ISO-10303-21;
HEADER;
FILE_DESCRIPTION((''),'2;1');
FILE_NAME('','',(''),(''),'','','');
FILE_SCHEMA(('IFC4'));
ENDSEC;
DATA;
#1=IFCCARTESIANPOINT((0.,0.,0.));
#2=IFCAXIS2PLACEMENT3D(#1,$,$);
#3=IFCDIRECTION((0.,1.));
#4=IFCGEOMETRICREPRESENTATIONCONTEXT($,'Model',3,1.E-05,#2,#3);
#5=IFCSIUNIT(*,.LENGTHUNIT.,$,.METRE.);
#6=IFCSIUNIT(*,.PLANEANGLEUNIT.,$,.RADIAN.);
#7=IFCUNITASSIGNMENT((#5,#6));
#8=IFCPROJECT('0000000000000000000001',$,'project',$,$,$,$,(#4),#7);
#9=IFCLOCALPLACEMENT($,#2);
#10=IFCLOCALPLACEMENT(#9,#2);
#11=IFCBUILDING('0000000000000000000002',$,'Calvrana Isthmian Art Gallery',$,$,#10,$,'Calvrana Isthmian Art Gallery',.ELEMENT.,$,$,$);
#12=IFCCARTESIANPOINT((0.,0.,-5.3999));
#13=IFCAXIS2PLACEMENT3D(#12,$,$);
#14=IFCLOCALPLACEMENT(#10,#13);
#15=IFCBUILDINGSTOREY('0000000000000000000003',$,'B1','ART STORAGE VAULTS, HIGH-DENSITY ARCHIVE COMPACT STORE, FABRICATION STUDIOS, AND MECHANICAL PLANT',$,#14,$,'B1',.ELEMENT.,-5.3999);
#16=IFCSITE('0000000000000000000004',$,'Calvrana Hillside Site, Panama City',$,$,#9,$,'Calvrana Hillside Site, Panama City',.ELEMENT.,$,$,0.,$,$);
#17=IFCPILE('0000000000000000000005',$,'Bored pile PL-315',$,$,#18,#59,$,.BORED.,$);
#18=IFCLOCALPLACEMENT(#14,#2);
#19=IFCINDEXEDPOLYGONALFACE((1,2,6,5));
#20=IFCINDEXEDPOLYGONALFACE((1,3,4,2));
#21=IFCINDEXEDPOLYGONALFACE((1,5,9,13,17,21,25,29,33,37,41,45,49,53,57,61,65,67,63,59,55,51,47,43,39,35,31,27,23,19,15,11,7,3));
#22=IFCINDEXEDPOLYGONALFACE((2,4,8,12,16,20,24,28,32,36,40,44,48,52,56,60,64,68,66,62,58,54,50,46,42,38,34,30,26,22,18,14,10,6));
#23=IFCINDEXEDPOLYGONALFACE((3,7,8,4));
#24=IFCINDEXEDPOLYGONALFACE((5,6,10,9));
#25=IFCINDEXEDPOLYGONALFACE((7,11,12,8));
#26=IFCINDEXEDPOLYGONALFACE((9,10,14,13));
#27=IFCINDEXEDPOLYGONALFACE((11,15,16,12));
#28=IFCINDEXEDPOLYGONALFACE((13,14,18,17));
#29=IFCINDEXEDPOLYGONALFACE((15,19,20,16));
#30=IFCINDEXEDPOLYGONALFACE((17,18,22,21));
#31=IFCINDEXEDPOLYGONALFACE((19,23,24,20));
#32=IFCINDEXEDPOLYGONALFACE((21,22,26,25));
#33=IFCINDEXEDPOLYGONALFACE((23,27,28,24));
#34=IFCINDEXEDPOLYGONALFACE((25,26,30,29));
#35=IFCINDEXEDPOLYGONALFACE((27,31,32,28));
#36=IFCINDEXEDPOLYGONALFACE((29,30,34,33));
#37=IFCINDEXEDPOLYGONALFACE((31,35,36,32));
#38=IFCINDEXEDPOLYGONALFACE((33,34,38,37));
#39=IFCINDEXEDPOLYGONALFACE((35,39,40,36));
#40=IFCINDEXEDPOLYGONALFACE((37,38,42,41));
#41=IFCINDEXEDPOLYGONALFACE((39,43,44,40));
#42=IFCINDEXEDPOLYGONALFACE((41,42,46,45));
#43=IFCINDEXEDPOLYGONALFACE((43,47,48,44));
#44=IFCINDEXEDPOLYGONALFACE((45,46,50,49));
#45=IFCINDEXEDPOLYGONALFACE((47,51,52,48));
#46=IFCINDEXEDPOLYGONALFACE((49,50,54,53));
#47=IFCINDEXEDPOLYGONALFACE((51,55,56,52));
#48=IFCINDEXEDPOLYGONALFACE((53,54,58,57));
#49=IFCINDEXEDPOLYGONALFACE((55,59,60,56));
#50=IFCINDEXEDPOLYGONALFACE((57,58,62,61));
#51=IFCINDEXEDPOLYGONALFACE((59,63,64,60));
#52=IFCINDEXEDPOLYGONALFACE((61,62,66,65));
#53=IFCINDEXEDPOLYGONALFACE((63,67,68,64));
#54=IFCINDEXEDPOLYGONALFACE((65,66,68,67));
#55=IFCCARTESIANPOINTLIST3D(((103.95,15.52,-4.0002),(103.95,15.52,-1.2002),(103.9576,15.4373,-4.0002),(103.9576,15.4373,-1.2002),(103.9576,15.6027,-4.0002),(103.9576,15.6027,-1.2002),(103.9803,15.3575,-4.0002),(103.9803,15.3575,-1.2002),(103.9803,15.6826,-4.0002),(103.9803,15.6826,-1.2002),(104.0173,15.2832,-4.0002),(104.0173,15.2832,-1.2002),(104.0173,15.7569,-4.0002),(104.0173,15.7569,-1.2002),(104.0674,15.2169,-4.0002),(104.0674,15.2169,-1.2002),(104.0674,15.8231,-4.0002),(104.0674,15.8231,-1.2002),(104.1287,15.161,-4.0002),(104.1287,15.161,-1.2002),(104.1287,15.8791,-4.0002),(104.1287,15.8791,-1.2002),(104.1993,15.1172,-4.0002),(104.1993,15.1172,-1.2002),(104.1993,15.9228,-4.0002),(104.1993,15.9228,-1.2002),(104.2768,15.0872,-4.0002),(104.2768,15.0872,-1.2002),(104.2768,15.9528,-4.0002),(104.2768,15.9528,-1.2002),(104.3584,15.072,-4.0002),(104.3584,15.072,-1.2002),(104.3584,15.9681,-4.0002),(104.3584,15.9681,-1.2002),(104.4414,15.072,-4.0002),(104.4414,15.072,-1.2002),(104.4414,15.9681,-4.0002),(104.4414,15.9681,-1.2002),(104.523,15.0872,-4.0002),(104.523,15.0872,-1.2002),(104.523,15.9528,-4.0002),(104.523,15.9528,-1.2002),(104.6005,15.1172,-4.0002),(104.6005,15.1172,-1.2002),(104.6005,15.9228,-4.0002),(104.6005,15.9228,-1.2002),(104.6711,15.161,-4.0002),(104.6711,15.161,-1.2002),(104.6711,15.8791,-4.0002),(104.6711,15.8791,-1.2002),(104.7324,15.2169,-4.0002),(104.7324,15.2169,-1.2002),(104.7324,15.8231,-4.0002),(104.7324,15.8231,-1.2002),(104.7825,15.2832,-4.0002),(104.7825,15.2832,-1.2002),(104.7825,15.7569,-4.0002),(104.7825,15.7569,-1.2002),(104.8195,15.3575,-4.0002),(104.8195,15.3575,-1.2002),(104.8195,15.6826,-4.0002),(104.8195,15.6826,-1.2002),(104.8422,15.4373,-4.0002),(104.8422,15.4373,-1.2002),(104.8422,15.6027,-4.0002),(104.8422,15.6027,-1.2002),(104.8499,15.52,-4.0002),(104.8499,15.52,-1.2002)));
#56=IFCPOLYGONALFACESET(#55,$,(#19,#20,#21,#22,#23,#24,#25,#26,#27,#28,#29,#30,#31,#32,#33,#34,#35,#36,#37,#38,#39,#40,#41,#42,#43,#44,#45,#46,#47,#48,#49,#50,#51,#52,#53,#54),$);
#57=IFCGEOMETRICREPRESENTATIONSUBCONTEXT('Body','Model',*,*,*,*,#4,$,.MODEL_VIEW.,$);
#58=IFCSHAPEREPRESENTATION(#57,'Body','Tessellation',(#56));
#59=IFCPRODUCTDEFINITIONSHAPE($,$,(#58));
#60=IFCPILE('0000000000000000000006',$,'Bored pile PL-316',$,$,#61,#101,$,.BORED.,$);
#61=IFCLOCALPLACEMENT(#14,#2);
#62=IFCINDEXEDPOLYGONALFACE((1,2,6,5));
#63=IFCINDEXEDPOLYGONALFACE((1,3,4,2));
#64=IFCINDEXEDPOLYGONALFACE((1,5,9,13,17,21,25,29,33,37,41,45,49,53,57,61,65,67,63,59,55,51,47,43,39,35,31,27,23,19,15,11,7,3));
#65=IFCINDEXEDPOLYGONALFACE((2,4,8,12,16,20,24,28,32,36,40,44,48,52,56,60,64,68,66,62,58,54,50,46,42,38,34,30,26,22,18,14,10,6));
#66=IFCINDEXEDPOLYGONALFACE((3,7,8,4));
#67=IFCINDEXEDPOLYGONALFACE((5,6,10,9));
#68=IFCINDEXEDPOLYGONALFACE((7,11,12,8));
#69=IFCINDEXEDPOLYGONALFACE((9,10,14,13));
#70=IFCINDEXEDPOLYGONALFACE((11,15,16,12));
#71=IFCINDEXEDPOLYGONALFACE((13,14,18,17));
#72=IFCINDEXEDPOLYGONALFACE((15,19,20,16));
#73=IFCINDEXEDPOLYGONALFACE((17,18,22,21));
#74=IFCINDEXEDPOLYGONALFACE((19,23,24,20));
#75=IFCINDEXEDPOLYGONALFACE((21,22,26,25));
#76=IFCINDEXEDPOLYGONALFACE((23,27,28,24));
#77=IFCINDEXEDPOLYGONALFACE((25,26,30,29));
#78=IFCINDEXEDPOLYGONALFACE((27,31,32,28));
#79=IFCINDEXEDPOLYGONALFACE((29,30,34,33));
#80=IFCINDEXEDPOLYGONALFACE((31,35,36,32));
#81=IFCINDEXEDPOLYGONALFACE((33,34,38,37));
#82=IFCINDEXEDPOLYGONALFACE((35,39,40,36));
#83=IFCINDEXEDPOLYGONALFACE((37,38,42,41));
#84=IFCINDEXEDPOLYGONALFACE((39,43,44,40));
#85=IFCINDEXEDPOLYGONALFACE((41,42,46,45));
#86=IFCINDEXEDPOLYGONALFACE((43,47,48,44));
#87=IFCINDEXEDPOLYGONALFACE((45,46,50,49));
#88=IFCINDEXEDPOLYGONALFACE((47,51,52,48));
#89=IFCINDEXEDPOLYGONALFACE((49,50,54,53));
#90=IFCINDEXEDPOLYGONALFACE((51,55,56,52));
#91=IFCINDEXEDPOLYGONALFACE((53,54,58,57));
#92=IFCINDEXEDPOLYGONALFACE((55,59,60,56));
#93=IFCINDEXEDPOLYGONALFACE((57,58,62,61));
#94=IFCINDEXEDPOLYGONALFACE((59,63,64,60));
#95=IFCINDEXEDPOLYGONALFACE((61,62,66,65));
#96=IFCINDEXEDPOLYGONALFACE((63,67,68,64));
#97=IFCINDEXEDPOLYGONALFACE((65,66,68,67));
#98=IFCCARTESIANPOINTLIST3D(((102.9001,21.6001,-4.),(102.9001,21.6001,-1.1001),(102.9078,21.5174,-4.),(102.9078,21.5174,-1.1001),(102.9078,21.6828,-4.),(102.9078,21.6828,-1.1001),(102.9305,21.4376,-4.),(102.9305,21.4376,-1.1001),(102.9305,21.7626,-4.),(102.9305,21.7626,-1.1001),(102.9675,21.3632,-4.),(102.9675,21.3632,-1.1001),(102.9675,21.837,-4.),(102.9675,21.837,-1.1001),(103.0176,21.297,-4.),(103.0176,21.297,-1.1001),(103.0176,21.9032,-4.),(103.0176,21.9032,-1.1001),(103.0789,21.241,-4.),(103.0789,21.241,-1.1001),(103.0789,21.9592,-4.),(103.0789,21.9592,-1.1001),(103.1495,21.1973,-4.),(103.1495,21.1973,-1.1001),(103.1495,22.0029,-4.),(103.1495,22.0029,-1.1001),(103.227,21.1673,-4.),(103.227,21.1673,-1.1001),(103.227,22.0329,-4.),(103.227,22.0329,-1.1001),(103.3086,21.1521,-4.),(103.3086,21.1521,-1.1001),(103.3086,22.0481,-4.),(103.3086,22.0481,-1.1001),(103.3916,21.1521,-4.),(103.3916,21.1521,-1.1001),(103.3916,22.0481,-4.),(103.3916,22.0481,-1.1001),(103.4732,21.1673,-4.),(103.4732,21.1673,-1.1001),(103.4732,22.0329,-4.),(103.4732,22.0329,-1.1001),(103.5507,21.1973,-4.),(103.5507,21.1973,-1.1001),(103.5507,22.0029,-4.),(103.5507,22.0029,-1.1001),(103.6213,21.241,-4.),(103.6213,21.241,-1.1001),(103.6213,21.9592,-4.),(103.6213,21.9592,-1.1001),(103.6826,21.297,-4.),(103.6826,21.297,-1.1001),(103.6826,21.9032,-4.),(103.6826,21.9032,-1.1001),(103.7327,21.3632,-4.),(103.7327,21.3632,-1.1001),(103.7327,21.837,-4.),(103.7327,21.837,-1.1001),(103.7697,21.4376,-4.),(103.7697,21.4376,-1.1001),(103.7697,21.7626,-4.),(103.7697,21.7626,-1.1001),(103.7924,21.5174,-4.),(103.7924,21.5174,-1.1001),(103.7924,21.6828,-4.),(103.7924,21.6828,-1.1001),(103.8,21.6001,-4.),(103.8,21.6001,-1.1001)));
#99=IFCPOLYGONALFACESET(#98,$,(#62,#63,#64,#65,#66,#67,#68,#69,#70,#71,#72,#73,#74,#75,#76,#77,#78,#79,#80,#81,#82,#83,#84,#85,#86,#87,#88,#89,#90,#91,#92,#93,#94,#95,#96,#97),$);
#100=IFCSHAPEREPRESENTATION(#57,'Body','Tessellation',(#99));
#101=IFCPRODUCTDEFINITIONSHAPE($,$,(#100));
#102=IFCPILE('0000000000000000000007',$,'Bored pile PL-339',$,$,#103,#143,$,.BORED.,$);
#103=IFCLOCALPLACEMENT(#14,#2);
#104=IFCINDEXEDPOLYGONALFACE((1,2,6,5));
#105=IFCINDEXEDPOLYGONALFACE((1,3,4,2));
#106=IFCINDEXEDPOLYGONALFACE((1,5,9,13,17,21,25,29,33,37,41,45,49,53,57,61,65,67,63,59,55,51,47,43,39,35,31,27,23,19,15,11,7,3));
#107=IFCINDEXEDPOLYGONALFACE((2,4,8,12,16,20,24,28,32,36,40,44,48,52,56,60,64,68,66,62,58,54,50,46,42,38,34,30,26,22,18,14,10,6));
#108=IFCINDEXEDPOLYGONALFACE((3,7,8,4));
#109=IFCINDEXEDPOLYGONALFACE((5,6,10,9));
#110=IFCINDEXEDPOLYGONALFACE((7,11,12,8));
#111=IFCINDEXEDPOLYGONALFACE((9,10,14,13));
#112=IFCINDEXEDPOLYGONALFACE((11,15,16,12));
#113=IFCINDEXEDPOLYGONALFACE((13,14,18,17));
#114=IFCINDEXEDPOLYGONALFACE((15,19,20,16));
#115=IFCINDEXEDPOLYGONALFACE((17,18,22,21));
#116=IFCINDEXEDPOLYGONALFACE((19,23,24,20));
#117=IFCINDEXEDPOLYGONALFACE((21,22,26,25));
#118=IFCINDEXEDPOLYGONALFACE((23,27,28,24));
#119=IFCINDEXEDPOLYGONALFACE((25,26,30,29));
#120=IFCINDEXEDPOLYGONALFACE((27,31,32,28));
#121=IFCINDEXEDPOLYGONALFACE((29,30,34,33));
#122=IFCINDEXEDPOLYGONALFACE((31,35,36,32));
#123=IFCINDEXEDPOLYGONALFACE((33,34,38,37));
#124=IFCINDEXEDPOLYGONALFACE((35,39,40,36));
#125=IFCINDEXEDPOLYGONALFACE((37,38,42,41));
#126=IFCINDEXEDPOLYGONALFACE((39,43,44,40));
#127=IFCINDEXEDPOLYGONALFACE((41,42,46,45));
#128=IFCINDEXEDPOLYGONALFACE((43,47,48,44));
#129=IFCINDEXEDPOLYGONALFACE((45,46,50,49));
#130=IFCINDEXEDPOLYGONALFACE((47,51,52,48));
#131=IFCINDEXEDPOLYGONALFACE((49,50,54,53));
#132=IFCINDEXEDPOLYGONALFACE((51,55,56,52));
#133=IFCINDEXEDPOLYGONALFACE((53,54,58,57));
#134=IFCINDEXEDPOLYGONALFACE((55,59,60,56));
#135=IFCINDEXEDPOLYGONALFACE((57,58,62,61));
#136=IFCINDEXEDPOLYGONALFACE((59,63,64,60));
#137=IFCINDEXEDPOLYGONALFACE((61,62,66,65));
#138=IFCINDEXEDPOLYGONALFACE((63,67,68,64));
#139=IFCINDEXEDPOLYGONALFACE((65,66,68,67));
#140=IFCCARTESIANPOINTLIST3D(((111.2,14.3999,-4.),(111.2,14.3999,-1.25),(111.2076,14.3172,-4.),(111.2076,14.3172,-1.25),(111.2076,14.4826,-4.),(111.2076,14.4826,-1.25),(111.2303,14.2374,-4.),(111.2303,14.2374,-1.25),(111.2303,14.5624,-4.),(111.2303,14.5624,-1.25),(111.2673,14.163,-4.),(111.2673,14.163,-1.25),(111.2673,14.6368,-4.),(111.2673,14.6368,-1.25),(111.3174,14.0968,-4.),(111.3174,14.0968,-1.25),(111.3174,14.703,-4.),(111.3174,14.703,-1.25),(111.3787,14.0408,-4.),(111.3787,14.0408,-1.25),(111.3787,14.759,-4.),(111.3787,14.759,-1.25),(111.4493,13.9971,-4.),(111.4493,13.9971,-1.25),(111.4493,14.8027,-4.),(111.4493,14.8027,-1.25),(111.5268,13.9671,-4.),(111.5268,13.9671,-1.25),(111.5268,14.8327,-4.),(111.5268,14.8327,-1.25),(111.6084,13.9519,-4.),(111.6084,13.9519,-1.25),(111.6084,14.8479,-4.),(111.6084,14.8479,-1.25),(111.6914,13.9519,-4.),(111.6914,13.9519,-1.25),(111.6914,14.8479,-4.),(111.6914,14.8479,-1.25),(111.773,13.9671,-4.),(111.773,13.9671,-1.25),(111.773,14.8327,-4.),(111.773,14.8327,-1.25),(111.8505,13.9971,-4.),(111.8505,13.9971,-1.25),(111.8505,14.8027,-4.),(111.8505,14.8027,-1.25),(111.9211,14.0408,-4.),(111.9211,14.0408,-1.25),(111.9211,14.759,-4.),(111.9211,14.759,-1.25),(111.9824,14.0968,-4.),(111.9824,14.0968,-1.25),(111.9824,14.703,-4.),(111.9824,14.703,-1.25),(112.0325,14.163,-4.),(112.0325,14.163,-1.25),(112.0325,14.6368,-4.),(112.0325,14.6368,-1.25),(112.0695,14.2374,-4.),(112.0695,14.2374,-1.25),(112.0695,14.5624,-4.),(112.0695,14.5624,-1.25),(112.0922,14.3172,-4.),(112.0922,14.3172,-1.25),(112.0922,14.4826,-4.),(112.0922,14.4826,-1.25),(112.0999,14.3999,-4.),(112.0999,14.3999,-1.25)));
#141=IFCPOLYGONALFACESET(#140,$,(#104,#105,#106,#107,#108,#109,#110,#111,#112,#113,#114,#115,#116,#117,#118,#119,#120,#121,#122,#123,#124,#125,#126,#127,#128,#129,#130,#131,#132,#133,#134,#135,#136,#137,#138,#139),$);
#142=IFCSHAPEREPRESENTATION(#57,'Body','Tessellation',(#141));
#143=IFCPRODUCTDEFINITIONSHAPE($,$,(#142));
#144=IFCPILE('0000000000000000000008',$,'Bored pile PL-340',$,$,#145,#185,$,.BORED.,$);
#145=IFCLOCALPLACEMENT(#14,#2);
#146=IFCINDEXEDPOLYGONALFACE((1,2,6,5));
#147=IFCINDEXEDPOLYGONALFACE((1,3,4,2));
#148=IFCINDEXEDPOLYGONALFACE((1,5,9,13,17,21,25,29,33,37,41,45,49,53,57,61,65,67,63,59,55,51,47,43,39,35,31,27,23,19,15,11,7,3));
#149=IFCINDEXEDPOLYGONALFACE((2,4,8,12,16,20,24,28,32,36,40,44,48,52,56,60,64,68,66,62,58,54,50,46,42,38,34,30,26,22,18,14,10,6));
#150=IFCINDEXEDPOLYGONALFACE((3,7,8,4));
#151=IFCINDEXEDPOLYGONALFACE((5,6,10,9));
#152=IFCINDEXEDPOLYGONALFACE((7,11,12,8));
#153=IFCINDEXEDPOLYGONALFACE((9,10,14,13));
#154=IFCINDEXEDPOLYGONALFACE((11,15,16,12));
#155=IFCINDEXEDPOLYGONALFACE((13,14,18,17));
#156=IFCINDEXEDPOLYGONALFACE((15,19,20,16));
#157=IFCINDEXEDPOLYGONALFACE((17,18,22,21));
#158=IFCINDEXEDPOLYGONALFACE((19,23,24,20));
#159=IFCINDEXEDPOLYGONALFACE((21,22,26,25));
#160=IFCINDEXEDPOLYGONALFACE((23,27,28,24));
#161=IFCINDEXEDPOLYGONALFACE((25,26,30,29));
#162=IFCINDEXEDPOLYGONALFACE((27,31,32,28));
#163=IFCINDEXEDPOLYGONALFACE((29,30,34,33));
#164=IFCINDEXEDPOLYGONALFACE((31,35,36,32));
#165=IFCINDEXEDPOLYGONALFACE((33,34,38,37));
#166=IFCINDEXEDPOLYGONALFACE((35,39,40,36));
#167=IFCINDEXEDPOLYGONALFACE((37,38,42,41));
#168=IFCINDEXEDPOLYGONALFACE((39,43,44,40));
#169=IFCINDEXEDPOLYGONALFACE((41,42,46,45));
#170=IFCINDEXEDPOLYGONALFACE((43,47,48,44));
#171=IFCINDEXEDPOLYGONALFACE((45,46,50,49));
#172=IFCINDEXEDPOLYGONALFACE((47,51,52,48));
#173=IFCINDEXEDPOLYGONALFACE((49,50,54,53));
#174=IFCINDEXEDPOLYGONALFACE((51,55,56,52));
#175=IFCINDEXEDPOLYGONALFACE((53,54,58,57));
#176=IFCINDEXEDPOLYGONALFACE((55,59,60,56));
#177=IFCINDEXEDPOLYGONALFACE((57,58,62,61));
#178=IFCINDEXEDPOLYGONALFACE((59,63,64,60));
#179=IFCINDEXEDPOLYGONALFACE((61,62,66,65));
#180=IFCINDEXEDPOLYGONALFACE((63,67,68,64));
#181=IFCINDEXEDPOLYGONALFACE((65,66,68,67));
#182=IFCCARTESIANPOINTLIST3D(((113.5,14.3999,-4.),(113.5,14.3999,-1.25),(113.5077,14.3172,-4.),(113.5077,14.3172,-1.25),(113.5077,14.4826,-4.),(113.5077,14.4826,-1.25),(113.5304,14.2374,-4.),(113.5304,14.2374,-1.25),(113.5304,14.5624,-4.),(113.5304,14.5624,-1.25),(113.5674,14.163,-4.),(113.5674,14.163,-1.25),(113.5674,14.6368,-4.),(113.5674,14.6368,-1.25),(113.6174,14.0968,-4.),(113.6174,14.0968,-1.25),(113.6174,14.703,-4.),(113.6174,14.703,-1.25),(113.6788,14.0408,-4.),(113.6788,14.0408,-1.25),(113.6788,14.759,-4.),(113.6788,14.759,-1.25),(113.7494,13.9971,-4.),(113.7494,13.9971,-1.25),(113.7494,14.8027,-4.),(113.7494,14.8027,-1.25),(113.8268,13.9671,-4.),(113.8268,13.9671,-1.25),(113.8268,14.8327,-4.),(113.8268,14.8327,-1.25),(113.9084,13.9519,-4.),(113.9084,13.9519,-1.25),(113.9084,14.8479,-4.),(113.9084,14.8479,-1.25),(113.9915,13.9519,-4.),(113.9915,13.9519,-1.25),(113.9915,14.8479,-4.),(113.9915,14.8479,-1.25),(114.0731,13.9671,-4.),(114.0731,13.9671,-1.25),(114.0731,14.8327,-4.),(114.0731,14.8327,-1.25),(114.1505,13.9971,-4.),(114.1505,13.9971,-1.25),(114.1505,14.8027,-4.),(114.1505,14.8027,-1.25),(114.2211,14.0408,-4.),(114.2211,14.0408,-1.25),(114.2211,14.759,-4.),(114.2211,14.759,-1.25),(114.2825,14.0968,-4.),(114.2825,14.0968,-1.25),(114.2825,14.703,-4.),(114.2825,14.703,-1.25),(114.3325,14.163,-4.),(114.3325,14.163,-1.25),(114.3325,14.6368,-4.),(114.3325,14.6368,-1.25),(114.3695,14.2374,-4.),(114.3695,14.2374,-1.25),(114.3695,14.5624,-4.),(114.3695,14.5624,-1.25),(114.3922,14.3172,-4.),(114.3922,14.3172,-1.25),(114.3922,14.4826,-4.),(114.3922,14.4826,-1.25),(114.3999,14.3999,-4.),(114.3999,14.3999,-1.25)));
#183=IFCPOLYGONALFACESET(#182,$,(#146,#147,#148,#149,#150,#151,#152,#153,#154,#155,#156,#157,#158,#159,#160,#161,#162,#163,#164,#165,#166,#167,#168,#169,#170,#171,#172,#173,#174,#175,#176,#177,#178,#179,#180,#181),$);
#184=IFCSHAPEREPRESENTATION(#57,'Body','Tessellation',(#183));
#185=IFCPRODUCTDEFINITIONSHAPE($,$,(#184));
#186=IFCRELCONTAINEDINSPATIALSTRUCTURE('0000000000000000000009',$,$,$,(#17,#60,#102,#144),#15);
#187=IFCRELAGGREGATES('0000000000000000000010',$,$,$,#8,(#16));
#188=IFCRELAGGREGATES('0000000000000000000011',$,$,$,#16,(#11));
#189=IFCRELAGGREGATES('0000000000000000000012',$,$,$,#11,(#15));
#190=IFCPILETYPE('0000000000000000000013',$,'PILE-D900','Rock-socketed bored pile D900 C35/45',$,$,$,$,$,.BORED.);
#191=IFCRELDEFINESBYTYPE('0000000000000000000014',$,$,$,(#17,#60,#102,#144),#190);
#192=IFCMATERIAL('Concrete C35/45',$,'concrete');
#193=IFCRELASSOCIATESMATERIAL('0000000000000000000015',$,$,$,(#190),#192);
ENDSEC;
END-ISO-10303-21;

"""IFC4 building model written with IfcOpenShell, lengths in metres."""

from ifc_helpers import new_model, si_unit, direction, frame, origin, origin_2d, place, context, subcontext, project, spatial, circle, extrude, material, material_profile, profile_set, type_object, element, save


model = new_model("IFC4")

# Units and contexts
model_context = context("Model", 3, precision=1e-05, world=origin(), true_north=direction((0.0, 1.0)))
body_context = subcontext(model_context, "Body", "Model", "MODEL_VIEW")
ifc_project = project(units=[si_unit("LENGTHUNIT", "METRE"), si_unit("PLANEANGLEUNIT", "RADIAN")], contexts=[model_context])

# Site, building, storey
site_placement = place(None, origin())
site = spatial("IfcSite", under=ifc_project, at=site_placement, Name="Calvrana Hillside Site, Panama City", LongName="Calvrana Hillside Site, Panama City", CompositionType="ELEMENT", RefElevation=0.0)
building_placement = place(site_placement, origin())
building = spatial("IfcBuilding", under=site, at=building_placement, Name="Calvrana Isthmian Art Gallery", LongName="Calvrana Isthmian Art Gallery", CompositionType="ELEMENT")
storey_placement = place(building_placement, frame((0.0, 0.0, -5.3999)))
storey = spatial("IfcBuildingStorey", under=building, at=storey_placement, Name="B1", Description="ART STORAGE VAULTS, HIGH-DENSITY ARCHIVE COMPACT STORE, FABRICATION STUDIOS, AND MECHANICAL PLANT", LongName="B1", CompositionType="ELEMENT", Elevation=-5.3999)

# Shared definitions
ifc_material_1 = material(Name="Concrete C35/45", Category="concrete")

# Piles
ifc_material_profile_1 = material_profile(ifc_material_1, circle(Radius=0.45, at=origin_2d()), Name="PILE900D")
ifc_profile_set_1 = profile_set([ifc_material_profile_1], Name="Concrete C35/45")
pile_type_1 = type_object("IfcPileType", Name="PILE-D900", Description="Rock-socketed bored pile D900 C35/45", PredefinedType="BORED", material=ifc_profile_set_1)
for number, where, z_axis, x_axis, name in (
    (1, (104.3999, 15.52, -1.2002), (0.0, 0.0, -1.0), (1.0, 0.0, 0.0), "Bored pile PL-315"),
):
    element("IfcPile", number, at=place(storey_placement, frame(where, z_axis=z_axis, x_axis=x_axis)), inside=storey, type_object=pile_type_1, Name=name, PredefinedType="BORED", context=body_context, shape_type="SweptSolid", body=[
        extrude(circle(Radius=0.45, at=origin_2d()), origin(), (0.0, 0.0, 1.0), 2.8),
    ])
pile_1_placement = place(storey_placement, frame((103.3501, 21.6001, -1.1001), z_axis=(0.0, 0.0, -1.0), x_axis=(1.0, 0.0, 0.0)))
element("IfcPile", 2, at=pile_1_placement, inside=storey, type_object=pile_type_1, Name="Bored pile PL-316", PredefinedType="BORED", context=body_context, shape_type="SweptSolid", body=[
    extrude(circle(Radius=0.45, at=origin_2d()), origin(), (0.0, 0.0, 1.0), 2.8999),
])
for number, where, z_axis, x_axis, name in (
    (3, (111.6499, 14.3999, -1.25), (0.0, 0.0, -1.0), (1.0, 0.0, 0.0), "Bored pile PL-339"),
    (4, (113.95, 14.3999, -1.25), (0.0, 0.0, -1.0), (1.0, 0.0, 0.0), "Bored pile PL-340"),
):
    element("IfcPile", number, at=place(storey_placement, frame(where, z_axis=z_axis, x_axis=x_axis)), inside=storey, type_object=pile_type_1, Name=name, PredefinedType="BORED", context=body_context, shape_type="SweptSolid", body=[
        extrude(circle(Radius=0.45, at=origin_2d()), origin(), (0.0, 0.0, 1.0), 2.75),
    ])

save(model, "model.ifc")
